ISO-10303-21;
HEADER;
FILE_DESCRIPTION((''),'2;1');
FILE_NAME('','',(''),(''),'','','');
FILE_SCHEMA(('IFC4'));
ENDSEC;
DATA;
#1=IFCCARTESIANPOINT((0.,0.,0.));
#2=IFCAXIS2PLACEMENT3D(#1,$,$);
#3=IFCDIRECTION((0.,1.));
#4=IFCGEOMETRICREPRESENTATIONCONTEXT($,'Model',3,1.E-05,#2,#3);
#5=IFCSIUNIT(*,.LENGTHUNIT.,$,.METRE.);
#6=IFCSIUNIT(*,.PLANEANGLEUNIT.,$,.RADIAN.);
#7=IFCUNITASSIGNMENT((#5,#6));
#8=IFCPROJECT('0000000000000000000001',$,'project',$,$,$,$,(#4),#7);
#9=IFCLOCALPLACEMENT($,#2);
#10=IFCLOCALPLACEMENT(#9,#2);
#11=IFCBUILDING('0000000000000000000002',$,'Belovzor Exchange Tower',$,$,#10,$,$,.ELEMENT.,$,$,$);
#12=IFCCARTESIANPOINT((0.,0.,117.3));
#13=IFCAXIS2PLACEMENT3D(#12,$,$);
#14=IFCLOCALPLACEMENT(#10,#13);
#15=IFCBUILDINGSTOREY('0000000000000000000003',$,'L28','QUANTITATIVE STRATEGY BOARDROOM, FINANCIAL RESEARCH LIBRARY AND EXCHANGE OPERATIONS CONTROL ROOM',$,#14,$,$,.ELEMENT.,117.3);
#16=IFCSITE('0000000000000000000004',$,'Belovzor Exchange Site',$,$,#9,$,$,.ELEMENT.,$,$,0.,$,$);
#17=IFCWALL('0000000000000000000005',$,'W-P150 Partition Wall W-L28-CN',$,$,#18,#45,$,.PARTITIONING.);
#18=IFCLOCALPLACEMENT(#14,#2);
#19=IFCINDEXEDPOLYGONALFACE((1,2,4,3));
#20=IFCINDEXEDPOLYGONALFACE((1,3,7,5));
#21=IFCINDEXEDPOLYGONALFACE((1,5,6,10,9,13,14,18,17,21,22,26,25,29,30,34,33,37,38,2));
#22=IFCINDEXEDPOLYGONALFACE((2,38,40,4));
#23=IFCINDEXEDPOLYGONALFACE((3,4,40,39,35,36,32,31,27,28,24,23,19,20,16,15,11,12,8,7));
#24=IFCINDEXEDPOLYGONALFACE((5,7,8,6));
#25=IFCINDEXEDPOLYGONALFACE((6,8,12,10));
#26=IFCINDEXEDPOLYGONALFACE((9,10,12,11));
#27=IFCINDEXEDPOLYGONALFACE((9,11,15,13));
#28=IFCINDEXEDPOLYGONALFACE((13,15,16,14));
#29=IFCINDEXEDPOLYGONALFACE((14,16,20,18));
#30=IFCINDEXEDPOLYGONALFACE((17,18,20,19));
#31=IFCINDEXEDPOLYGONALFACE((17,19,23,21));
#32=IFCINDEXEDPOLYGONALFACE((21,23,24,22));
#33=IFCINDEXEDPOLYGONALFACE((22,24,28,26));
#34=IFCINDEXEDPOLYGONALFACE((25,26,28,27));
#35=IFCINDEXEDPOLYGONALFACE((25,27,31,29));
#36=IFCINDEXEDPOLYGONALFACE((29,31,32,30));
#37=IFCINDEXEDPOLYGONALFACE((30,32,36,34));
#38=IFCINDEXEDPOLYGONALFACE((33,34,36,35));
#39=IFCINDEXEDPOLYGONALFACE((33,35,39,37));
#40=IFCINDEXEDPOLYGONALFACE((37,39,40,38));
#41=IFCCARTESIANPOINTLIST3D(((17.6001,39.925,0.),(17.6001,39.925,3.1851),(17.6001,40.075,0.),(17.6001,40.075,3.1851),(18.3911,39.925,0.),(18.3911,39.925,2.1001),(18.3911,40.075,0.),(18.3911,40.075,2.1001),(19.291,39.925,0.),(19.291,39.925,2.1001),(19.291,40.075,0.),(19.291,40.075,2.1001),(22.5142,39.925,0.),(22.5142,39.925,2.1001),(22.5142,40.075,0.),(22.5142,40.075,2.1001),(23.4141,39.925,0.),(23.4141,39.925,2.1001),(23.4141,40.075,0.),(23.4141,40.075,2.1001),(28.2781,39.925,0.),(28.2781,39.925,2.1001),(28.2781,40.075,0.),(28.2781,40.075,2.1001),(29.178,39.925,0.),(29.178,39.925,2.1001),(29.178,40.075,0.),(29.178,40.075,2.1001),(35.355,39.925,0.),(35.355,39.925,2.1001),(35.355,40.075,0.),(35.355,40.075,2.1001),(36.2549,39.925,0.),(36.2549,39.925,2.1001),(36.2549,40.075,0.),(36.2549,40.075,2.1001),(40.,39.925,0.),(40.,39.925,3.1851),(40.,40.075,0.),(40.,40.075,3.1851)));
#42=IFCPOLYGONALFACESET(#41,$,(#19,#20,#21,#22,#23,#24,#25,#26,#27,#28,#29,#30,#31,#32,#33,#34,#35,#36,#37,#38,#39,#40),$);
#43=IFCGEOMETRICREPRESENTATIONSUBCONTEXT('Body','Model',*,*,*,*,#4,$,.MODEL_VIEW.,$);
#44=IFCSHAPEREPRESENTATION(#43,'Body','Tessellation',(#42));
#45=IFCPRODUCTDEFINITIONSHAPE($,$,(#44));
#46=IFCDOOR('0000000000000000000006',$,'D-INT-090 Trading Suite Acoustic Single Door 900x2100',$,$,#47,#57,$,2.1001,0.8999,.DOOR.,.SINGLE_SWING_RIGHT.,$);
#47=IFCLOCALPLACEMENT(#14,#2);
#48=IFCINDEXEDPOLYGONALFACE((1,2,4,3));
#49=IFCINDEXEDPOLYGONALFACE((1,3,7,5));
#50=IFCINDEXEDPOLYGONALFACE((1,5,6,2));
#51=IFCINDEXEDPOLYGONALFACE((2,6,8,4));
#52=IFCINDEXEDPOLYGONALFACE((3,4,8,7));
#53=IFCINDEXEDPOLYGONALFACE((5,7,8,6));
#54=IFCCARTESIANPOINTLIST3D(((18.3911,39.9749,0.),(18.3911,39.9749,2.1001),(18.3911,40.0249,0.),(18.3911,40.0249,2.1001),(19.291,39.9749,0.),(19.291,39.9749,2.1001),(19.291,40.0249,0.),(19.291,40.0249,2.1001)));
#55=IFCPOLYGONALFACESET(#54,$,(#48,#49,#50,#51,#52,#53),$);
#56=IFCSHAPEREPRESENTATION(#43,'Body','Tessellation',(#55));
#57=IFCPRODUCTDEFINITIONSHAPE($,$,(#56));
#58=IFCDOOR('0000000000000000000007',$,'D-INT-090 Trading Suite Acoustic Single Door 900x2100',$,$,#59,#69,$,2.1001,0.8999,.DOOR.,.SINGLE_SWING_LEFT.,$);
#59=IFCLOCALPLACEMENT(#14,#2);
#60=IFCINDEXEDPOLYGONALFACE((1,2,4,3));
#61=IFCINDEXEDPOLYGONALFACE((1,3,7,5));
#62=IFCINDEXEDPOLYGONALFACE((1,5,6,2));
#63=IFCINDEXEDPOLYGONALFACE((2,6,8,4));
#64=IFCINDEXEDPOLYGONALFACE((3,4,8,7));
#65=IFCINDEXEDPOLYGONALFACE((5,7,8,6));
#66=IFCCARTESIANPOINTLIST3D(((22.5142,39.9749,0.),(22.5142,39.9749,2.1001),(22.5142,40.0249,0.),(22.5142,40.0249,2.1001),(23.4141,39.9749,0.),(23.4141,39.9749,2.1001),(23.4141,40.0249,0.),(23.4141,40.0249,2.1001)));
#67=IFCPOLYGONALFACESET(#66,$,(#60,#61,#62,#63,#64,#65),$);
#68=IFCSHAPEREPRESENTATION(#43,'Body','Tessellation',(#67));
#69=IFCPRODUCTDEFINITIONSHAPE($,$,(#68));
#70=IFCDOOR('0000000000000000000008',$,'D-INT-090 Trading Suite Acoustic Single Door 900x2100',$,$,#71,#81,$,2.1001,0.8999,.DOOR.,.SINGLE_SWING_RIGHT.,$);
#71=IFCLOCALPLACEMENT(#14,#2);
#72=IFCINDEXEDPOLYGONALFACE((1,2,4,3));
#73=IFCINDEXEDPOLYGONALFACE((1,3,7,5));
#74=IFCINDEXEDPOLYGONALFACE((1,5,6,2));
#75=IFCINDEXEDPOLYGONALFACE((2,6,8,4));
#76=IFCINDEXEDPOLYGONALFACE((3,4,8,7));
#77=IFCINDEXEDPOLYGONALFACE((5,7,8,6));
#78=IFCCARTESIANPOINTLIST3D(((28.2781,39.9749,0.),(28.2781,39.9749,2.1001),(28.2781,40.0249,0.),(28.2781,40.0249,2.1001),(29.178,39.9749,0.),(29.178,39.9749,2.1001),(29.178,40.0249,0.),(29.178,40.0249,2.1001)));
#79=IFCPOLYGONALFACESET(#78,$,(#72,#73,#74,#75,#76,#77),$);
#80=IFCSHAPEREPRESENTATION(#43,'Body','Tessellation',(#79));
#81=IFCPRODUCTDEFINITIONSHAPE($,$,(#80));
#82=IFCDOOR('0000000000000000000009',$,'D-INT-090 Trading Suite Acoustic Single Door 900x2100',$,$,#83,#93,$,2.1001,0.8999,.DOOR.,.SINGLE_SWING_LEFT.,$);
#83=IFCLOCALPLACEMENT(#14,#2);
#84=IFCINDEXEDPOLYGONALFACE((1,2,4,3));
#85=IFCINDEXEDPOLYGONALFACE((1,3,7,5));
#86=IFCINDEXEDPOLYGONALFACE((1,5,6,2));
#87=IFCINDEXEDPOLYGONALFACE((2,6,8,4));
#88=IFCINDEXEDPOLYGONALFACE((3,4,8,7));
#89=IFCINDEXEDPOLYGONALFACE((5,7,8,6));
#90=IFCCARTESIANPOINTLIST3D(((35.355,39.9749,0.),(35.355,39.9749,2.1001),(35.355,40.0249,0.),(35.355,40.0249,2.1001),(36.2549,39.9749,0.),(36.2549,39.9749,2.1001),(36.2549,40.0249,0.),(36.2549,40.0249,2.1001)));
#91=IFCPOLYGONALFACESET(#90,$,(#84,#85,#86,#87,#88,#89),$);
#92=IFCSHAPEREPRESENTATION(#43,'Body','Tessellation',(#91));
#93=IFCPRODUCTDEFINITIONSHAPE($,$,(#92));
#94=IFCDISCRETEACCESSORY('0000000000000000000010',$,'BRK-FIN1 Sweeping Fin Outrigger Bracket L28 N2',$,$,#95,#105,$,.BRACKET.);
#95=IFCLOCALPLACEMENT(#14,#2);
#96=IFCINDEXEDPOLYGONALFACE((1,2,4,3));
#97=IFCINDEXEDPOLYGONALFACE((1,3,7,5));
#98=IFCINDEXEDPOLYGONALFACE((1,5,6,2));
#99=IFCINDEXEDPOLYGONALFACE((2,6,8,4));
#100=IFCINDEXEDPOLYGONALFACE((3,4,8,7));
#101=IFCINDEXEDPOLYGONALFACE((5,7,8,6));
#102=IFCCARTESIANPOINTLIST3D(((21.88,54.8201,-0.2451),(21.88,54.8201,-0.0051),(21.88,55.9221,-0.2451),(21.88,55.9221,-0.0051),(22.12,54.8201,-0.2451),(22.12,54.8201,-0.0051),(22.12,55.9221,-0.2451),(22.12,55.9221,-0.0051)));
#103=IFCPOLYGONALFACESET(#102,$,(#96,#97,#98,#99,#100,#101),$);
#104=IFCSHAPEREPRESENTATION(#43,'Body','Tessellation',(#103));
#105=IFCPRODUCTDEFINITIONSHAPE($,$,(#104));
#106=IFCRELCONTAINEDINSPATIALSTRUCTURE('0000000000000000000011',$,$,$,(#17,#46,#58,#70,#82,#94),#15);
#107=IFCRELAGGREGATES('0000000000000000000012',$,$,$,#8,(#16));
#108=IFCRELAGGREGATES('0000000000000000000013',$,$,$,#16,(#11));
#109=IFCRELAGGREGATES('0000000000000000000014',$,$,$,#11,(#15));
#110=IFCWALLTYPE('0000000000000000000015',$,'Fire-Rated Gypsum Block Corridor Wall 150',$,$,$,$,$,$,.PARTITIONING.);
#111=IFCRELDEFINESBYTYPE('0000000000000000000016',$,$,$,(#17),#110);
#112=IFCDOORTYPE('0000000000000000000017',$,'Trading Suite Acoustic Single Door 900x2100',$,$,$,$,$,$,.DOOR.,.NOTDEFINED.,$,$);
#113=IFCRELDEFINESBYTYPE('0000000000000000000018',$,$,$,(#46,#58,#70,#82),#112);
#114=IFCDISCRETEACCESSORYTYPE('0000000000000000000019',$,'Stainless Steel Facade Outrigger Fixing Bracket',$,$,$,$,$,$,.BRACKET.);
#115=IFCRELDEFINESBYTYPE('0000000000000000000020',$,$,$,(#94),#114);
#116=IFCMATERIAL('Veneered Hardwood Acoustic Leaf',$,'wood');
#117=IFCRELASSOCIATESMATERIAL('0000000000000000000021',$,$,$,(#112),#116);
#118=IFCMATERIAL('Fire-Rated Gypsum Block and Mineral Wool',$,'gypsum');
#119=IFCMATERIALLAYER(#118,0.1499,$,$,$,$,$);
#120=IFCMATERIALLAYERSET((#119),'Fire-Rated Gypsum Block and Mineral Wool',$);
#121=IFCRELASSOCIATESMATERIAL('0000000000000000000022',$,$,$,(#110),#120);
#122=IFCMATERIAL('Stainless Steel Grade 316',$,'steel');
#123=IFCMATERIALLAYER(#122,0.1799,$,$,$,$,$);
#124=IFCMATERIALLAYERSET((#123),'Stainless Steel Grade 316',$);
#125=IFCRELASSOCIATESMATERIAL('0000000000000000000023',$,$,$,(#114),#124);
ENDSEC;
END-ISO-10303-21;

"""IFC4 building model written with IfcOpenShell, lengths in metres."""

from ifc_helpers import new_model, si_unit, direction, frame, frame_2d, origin, origin_2d, place, context, subcontext, project, spatial, rectangle, extrude, material, layer, layer_set, type_object, element, fill, save


model = new_model("IFC4")

# Units and contexts
model_context = context("Model", 3, precision=1e-05, world=origin(), true_north=direction((0.0, 1.0)))
body_context = subcontext(model_context, "Body", "Model", "MODEL_VIEW")
ifc_project = project(units=[si_unit("LENGTHUNIT", "METRE"), si_unit("PLANEANGLEUNIT", "RADIAN")], contexts=[model_context])

# Site, building, storey
site_placement = place(None, origin())
site = spatial("IfcSite", under=ifc_project, at=site_placement, Name="Belovzor Exchange Site", CompositionType="ELEMENT", RefElevation=0.0)
building_placement = place(site_placement, origin())
building = spatial("IfcBuilding", under=site, at=building_placement, Name="Belovzor Exchange Tower", CompositionType="ELEMENT")
storey_placement = place(building_placement, frame((0.0, 0.0, 117.3)))
storey = spatial("IfcBuildingStorey", under=building, at=storey_placement, Name="L28", Description="QUANTITATIVE STRATEGY BOARDROOM, FINANCIAL RESEARCH LIBRARY AND EXCHANGE OPERATIONS CONTROL ROOM", CompositionType="ELEMENT", Elevation=117.3)

# Shared definitions
ifc_material_1 = material(Name="Veneered Hardwood Acoustic Leaf", Category="wood")
door_type_1 = type_object("IfcDoorType", Name="Trading Suite Acoustic Single Door 900x2100", OperationType="NOTDEFINED", PredefinedType="DOOR", material=ifc_material_1)

# Wall, openings, doors
ifc_material_2 = material(Name="Fire-Rated Gypsum Block and Mineral Wool", Category="gypsum")
ifc_layer_1 = layer(ifc_material_2, 0.1499)
ifc_layer_set_1 = layer_set([ifc_layer_1], Name="Fire-Rated Gypsum Block and Mineral Wool")
wall_type_1 = type_object("IfcWallType", Name="Fire-Rated Gypsum Block Corridor Wall 150", PredefinedType="PARTITIONING", material=ifc_layer_set_1)
wall_1_placement = place(storey_placement, frame((17.6001, 40.0, 0.0), z_axis=(0.0, 0.0, 1.0), x_axis=(1.0, 0.0, 0.0)))
wall_1 = element("IfcWall", 1, at=wall_1_placement, inside=storey, type_object=wall_type_1, Name="W-P150 Partition Wall W-L28-CN", PredefinedType="PARTITIONING", context=body_context, shape_type="SweptSolid", body=[
    extrude(rectangle(XDim=22.3999, YDim=0.1499, at=frame_2d((11.2, 0.0))), origin(), (0.0, 0.0, 1.0), 3.1851),
])
opening_1_placement = place(wall_1_placement, frame((0.791, 0.0, 0.0)))
opening_1 = element("IfcOpeningElement", 2, at=opening_1_placement, cuts=wall_1, PredefinedType="OPENING", context=body_context, shape_type="SweptSolid", body=[
    extrude(rectangle(XDim=0.8999, YDim=2.1001, at=frame_2d((0.45, 1.05))), frame((0.0, 0.085, 0.0), z_axis=(0.0, -1.0, 0.0), x_axis=(1.0, 0.0, 0.0)), (0.0, 0.0, 1.0), 0.1699),
])
opening_2_placement = place(wall_1_placement, frame((4.9141, 0.0, 0.0)))
opening_2 = element("IfcOpeningElement", 3, at=opening_2_placement, cuts=wall_1, PredefinedType="OPENING", context=body_context, shape_type="SweptSolid", body=[
    extrude(rectangle(XDim=0.8999, YDim=2.1001, at=frame_2d((0.45, 1.05))), frame((0.0, 0.085, 0.0), z_axis=(0.0, -1.0, 0.0), x_axis=(1.0, 0.0, 0.0)), (0.0, 0.0, 1.0), 0.1699),
])
opening_3_placement = place(wall_1_placement, frame((10.678, 0.0, 0.0)))
opening_3 = element("IfcOpeningElement", 4, at=opening_3_placement, cuts=wall_1, PredefinedType="OPENING", context=body_context, shape_type="SweptSolid", body=[
    extrude(rectangle(XDim=0.8999, YDim=2.1001, at=frame_2d((0.45, 1.05))), frame((0.0, 0.085, 0.0), z_axis=(0.0, -1.0, 0.0), x_axis=(1.0, 0.0, 0.0)), (0.0, 0.0, 1.0), 0.1699),
])
opening_4_placement = place(wall_1_placement, frame((17.7549, 0.0, 0.0)))
opening_4 = element("IfcOpeningElement", 5, at=opening_4_placement, cuts=wall_1, PredefinedType="OPENING", context=body_context, shape_type="SweptSolid", body=[
    extrude(rectangle(XDim=0.8999, YDim=2.1001, at=frame_2d((0.45, 1.05))), frame((0.0, 0.085, 0.0), z_axis=(0.0, -1.0, 0.0), x_axis=(1.0, 0.0, 0.0)), (0.0, 0.0, 1.0), 0.1699),
])
door_1_placement = place(opening_1_placement, origin())
door_1 = element("IfcDoor", 6, at=door_1_placement, inside=storey, type_object=door_type_1, Name="D-INT-090 Trading Suite Acoustic Single Door 900x2100", OperationType="SINGLE_SWING_RIGHT", OverallHeight=2.1001, OverallWidth=0.8999, PredefinedType="DOOR", context=body_context, shape_type="SweptSolid", body=[
    extrude(rectangle(XDim=0.8999, YDim=2.1001, at=frame_2d((0.45, 1.05))), frame((0.0, 0.0249, 0.0), z_axis=(0.0, -1.0, 0.0), x_axis=(1.0, 0.0, 0.0)), (0.0, 0.0, 1.0), 0.05),
])
fill(opening_1, door_1)
door_2_placement = place(opening_2_placement, origin())
door_2 = element("IfcDoor", 7, at=door_2_placement, inside=storey, type_object=door_type_1, Name="D-INT-090 Trading Suite Acoustic Single Door 900x2100", OperationType="SINGLE_SWING_LEFT", OverallHeight=2.1001, OverallWidth=0.8999, PredefinedType="DOOR", context=body_context, shape_type="SweptSolid", body=[
    extrude(rectangle(XDim=0.8999, YDim=2.1001, at=frame_2d((0.45, 1.05))), frame((0.0, 0.0249, 0.0), z_axis=(0.0, -1.0, 0.0), x_axis=(1.0, 0.0, 0.0)), (0.0, 0.0, 1.0), 0.05),
])
fill(opening_2, door_2)
door_3_placement = place(opening_3_placement, origin())
door_3 = element("IfcDoor", 8, at=door_3_placement, inside=storey, type_object=door_type_1, Name="D-INT-090 Trading Suite Acoustic Single Door 900x2100", OperationType="SINGLE_SWING_RIGHT", OverallHeight=2.1001, OverallWidth=0.8999, PredefinedType="DOOR", context=body_context, shape_type="SweptSolid", body=[
    extrude(rectangle(XDim=0.8999, YDim=2.1001, at=frame_2d((0.45, 1.05))), frame((0.0, 0.0249, 0.0), z_axis=(0.0, -1.0, 0.0), x_axis=(1.0, 0.0, 0.0)), (0.0, 0.0, 1.0), 0.05),
])
fill(opening_3, door_3)
door_4_placement = place(opening_4_placement, origin())
door_4 = element("IfcDoor", 9, at=door_4_placement, inside=storey, type_object=door_type_1, Name="D-INT-090 Trading Suite Acoustic Single Door 900x2100", OperationType="SINGLE_SWING_LEFT", OverallHeight=2.1001, OverallWidth=0.8999, PredefinedType="DOOR", context=body_context, shape_type="SweptSolid", body=[
    extrude(rectangle(XDim=0.8999, YDim=2.1001, at=frame_2d((0.45, 1.05))), frame((0.0, 0.0249, 0.0), z_axis=(0.0, -1.0, 0.0), x_axis=(1.0, 0.0, 0.0)), (0.0, 0.0, 1.0), 0.05),
])
fill(opening_4, door_4)

# Discrete accessory
ifc_material_3 = material(Name="Stainless Steel Grade 316", Category="steel")
ifc_layer_2 = layer(ifc_material_3, 0.1799)
ifc_layer_set_2 = layer_set([ifc_layer_2], Name="Stainless Steel Grade 316")
discrete_accessory_type = type_object("IfcDiscreteAccessoryType", Name="Stainless Steel Facade Outrigger Fixing Bracket", PredefinedType="BRACKET", material=ifc_layer_set_2)
discrete_accessory_placement = place(storey_placement, frame((22.0, 55.3711, -0.2451), z_axis=(0.0, 0.0, 1.0), x_axis=(0.0, 1.0, 0.0)))
element("IfcDiscreteAccessory", 10, at=discrete_accessory_placement, inside=storey, type_object=discrete_accessory_type, Name="BRK-FIN1 Sweeping Fin Outrigger Bracket L28 N2", PredefinedType="BRACKET", context=body_context, shape_type="SweptSolid", body=[
    extrude(rectangle(XDim=1.1021, YDim=0.24, at=origin_2d()), origin(), (0.0, 0.0, 1.0), 0.24),
])

save(model, "model.ifc")
